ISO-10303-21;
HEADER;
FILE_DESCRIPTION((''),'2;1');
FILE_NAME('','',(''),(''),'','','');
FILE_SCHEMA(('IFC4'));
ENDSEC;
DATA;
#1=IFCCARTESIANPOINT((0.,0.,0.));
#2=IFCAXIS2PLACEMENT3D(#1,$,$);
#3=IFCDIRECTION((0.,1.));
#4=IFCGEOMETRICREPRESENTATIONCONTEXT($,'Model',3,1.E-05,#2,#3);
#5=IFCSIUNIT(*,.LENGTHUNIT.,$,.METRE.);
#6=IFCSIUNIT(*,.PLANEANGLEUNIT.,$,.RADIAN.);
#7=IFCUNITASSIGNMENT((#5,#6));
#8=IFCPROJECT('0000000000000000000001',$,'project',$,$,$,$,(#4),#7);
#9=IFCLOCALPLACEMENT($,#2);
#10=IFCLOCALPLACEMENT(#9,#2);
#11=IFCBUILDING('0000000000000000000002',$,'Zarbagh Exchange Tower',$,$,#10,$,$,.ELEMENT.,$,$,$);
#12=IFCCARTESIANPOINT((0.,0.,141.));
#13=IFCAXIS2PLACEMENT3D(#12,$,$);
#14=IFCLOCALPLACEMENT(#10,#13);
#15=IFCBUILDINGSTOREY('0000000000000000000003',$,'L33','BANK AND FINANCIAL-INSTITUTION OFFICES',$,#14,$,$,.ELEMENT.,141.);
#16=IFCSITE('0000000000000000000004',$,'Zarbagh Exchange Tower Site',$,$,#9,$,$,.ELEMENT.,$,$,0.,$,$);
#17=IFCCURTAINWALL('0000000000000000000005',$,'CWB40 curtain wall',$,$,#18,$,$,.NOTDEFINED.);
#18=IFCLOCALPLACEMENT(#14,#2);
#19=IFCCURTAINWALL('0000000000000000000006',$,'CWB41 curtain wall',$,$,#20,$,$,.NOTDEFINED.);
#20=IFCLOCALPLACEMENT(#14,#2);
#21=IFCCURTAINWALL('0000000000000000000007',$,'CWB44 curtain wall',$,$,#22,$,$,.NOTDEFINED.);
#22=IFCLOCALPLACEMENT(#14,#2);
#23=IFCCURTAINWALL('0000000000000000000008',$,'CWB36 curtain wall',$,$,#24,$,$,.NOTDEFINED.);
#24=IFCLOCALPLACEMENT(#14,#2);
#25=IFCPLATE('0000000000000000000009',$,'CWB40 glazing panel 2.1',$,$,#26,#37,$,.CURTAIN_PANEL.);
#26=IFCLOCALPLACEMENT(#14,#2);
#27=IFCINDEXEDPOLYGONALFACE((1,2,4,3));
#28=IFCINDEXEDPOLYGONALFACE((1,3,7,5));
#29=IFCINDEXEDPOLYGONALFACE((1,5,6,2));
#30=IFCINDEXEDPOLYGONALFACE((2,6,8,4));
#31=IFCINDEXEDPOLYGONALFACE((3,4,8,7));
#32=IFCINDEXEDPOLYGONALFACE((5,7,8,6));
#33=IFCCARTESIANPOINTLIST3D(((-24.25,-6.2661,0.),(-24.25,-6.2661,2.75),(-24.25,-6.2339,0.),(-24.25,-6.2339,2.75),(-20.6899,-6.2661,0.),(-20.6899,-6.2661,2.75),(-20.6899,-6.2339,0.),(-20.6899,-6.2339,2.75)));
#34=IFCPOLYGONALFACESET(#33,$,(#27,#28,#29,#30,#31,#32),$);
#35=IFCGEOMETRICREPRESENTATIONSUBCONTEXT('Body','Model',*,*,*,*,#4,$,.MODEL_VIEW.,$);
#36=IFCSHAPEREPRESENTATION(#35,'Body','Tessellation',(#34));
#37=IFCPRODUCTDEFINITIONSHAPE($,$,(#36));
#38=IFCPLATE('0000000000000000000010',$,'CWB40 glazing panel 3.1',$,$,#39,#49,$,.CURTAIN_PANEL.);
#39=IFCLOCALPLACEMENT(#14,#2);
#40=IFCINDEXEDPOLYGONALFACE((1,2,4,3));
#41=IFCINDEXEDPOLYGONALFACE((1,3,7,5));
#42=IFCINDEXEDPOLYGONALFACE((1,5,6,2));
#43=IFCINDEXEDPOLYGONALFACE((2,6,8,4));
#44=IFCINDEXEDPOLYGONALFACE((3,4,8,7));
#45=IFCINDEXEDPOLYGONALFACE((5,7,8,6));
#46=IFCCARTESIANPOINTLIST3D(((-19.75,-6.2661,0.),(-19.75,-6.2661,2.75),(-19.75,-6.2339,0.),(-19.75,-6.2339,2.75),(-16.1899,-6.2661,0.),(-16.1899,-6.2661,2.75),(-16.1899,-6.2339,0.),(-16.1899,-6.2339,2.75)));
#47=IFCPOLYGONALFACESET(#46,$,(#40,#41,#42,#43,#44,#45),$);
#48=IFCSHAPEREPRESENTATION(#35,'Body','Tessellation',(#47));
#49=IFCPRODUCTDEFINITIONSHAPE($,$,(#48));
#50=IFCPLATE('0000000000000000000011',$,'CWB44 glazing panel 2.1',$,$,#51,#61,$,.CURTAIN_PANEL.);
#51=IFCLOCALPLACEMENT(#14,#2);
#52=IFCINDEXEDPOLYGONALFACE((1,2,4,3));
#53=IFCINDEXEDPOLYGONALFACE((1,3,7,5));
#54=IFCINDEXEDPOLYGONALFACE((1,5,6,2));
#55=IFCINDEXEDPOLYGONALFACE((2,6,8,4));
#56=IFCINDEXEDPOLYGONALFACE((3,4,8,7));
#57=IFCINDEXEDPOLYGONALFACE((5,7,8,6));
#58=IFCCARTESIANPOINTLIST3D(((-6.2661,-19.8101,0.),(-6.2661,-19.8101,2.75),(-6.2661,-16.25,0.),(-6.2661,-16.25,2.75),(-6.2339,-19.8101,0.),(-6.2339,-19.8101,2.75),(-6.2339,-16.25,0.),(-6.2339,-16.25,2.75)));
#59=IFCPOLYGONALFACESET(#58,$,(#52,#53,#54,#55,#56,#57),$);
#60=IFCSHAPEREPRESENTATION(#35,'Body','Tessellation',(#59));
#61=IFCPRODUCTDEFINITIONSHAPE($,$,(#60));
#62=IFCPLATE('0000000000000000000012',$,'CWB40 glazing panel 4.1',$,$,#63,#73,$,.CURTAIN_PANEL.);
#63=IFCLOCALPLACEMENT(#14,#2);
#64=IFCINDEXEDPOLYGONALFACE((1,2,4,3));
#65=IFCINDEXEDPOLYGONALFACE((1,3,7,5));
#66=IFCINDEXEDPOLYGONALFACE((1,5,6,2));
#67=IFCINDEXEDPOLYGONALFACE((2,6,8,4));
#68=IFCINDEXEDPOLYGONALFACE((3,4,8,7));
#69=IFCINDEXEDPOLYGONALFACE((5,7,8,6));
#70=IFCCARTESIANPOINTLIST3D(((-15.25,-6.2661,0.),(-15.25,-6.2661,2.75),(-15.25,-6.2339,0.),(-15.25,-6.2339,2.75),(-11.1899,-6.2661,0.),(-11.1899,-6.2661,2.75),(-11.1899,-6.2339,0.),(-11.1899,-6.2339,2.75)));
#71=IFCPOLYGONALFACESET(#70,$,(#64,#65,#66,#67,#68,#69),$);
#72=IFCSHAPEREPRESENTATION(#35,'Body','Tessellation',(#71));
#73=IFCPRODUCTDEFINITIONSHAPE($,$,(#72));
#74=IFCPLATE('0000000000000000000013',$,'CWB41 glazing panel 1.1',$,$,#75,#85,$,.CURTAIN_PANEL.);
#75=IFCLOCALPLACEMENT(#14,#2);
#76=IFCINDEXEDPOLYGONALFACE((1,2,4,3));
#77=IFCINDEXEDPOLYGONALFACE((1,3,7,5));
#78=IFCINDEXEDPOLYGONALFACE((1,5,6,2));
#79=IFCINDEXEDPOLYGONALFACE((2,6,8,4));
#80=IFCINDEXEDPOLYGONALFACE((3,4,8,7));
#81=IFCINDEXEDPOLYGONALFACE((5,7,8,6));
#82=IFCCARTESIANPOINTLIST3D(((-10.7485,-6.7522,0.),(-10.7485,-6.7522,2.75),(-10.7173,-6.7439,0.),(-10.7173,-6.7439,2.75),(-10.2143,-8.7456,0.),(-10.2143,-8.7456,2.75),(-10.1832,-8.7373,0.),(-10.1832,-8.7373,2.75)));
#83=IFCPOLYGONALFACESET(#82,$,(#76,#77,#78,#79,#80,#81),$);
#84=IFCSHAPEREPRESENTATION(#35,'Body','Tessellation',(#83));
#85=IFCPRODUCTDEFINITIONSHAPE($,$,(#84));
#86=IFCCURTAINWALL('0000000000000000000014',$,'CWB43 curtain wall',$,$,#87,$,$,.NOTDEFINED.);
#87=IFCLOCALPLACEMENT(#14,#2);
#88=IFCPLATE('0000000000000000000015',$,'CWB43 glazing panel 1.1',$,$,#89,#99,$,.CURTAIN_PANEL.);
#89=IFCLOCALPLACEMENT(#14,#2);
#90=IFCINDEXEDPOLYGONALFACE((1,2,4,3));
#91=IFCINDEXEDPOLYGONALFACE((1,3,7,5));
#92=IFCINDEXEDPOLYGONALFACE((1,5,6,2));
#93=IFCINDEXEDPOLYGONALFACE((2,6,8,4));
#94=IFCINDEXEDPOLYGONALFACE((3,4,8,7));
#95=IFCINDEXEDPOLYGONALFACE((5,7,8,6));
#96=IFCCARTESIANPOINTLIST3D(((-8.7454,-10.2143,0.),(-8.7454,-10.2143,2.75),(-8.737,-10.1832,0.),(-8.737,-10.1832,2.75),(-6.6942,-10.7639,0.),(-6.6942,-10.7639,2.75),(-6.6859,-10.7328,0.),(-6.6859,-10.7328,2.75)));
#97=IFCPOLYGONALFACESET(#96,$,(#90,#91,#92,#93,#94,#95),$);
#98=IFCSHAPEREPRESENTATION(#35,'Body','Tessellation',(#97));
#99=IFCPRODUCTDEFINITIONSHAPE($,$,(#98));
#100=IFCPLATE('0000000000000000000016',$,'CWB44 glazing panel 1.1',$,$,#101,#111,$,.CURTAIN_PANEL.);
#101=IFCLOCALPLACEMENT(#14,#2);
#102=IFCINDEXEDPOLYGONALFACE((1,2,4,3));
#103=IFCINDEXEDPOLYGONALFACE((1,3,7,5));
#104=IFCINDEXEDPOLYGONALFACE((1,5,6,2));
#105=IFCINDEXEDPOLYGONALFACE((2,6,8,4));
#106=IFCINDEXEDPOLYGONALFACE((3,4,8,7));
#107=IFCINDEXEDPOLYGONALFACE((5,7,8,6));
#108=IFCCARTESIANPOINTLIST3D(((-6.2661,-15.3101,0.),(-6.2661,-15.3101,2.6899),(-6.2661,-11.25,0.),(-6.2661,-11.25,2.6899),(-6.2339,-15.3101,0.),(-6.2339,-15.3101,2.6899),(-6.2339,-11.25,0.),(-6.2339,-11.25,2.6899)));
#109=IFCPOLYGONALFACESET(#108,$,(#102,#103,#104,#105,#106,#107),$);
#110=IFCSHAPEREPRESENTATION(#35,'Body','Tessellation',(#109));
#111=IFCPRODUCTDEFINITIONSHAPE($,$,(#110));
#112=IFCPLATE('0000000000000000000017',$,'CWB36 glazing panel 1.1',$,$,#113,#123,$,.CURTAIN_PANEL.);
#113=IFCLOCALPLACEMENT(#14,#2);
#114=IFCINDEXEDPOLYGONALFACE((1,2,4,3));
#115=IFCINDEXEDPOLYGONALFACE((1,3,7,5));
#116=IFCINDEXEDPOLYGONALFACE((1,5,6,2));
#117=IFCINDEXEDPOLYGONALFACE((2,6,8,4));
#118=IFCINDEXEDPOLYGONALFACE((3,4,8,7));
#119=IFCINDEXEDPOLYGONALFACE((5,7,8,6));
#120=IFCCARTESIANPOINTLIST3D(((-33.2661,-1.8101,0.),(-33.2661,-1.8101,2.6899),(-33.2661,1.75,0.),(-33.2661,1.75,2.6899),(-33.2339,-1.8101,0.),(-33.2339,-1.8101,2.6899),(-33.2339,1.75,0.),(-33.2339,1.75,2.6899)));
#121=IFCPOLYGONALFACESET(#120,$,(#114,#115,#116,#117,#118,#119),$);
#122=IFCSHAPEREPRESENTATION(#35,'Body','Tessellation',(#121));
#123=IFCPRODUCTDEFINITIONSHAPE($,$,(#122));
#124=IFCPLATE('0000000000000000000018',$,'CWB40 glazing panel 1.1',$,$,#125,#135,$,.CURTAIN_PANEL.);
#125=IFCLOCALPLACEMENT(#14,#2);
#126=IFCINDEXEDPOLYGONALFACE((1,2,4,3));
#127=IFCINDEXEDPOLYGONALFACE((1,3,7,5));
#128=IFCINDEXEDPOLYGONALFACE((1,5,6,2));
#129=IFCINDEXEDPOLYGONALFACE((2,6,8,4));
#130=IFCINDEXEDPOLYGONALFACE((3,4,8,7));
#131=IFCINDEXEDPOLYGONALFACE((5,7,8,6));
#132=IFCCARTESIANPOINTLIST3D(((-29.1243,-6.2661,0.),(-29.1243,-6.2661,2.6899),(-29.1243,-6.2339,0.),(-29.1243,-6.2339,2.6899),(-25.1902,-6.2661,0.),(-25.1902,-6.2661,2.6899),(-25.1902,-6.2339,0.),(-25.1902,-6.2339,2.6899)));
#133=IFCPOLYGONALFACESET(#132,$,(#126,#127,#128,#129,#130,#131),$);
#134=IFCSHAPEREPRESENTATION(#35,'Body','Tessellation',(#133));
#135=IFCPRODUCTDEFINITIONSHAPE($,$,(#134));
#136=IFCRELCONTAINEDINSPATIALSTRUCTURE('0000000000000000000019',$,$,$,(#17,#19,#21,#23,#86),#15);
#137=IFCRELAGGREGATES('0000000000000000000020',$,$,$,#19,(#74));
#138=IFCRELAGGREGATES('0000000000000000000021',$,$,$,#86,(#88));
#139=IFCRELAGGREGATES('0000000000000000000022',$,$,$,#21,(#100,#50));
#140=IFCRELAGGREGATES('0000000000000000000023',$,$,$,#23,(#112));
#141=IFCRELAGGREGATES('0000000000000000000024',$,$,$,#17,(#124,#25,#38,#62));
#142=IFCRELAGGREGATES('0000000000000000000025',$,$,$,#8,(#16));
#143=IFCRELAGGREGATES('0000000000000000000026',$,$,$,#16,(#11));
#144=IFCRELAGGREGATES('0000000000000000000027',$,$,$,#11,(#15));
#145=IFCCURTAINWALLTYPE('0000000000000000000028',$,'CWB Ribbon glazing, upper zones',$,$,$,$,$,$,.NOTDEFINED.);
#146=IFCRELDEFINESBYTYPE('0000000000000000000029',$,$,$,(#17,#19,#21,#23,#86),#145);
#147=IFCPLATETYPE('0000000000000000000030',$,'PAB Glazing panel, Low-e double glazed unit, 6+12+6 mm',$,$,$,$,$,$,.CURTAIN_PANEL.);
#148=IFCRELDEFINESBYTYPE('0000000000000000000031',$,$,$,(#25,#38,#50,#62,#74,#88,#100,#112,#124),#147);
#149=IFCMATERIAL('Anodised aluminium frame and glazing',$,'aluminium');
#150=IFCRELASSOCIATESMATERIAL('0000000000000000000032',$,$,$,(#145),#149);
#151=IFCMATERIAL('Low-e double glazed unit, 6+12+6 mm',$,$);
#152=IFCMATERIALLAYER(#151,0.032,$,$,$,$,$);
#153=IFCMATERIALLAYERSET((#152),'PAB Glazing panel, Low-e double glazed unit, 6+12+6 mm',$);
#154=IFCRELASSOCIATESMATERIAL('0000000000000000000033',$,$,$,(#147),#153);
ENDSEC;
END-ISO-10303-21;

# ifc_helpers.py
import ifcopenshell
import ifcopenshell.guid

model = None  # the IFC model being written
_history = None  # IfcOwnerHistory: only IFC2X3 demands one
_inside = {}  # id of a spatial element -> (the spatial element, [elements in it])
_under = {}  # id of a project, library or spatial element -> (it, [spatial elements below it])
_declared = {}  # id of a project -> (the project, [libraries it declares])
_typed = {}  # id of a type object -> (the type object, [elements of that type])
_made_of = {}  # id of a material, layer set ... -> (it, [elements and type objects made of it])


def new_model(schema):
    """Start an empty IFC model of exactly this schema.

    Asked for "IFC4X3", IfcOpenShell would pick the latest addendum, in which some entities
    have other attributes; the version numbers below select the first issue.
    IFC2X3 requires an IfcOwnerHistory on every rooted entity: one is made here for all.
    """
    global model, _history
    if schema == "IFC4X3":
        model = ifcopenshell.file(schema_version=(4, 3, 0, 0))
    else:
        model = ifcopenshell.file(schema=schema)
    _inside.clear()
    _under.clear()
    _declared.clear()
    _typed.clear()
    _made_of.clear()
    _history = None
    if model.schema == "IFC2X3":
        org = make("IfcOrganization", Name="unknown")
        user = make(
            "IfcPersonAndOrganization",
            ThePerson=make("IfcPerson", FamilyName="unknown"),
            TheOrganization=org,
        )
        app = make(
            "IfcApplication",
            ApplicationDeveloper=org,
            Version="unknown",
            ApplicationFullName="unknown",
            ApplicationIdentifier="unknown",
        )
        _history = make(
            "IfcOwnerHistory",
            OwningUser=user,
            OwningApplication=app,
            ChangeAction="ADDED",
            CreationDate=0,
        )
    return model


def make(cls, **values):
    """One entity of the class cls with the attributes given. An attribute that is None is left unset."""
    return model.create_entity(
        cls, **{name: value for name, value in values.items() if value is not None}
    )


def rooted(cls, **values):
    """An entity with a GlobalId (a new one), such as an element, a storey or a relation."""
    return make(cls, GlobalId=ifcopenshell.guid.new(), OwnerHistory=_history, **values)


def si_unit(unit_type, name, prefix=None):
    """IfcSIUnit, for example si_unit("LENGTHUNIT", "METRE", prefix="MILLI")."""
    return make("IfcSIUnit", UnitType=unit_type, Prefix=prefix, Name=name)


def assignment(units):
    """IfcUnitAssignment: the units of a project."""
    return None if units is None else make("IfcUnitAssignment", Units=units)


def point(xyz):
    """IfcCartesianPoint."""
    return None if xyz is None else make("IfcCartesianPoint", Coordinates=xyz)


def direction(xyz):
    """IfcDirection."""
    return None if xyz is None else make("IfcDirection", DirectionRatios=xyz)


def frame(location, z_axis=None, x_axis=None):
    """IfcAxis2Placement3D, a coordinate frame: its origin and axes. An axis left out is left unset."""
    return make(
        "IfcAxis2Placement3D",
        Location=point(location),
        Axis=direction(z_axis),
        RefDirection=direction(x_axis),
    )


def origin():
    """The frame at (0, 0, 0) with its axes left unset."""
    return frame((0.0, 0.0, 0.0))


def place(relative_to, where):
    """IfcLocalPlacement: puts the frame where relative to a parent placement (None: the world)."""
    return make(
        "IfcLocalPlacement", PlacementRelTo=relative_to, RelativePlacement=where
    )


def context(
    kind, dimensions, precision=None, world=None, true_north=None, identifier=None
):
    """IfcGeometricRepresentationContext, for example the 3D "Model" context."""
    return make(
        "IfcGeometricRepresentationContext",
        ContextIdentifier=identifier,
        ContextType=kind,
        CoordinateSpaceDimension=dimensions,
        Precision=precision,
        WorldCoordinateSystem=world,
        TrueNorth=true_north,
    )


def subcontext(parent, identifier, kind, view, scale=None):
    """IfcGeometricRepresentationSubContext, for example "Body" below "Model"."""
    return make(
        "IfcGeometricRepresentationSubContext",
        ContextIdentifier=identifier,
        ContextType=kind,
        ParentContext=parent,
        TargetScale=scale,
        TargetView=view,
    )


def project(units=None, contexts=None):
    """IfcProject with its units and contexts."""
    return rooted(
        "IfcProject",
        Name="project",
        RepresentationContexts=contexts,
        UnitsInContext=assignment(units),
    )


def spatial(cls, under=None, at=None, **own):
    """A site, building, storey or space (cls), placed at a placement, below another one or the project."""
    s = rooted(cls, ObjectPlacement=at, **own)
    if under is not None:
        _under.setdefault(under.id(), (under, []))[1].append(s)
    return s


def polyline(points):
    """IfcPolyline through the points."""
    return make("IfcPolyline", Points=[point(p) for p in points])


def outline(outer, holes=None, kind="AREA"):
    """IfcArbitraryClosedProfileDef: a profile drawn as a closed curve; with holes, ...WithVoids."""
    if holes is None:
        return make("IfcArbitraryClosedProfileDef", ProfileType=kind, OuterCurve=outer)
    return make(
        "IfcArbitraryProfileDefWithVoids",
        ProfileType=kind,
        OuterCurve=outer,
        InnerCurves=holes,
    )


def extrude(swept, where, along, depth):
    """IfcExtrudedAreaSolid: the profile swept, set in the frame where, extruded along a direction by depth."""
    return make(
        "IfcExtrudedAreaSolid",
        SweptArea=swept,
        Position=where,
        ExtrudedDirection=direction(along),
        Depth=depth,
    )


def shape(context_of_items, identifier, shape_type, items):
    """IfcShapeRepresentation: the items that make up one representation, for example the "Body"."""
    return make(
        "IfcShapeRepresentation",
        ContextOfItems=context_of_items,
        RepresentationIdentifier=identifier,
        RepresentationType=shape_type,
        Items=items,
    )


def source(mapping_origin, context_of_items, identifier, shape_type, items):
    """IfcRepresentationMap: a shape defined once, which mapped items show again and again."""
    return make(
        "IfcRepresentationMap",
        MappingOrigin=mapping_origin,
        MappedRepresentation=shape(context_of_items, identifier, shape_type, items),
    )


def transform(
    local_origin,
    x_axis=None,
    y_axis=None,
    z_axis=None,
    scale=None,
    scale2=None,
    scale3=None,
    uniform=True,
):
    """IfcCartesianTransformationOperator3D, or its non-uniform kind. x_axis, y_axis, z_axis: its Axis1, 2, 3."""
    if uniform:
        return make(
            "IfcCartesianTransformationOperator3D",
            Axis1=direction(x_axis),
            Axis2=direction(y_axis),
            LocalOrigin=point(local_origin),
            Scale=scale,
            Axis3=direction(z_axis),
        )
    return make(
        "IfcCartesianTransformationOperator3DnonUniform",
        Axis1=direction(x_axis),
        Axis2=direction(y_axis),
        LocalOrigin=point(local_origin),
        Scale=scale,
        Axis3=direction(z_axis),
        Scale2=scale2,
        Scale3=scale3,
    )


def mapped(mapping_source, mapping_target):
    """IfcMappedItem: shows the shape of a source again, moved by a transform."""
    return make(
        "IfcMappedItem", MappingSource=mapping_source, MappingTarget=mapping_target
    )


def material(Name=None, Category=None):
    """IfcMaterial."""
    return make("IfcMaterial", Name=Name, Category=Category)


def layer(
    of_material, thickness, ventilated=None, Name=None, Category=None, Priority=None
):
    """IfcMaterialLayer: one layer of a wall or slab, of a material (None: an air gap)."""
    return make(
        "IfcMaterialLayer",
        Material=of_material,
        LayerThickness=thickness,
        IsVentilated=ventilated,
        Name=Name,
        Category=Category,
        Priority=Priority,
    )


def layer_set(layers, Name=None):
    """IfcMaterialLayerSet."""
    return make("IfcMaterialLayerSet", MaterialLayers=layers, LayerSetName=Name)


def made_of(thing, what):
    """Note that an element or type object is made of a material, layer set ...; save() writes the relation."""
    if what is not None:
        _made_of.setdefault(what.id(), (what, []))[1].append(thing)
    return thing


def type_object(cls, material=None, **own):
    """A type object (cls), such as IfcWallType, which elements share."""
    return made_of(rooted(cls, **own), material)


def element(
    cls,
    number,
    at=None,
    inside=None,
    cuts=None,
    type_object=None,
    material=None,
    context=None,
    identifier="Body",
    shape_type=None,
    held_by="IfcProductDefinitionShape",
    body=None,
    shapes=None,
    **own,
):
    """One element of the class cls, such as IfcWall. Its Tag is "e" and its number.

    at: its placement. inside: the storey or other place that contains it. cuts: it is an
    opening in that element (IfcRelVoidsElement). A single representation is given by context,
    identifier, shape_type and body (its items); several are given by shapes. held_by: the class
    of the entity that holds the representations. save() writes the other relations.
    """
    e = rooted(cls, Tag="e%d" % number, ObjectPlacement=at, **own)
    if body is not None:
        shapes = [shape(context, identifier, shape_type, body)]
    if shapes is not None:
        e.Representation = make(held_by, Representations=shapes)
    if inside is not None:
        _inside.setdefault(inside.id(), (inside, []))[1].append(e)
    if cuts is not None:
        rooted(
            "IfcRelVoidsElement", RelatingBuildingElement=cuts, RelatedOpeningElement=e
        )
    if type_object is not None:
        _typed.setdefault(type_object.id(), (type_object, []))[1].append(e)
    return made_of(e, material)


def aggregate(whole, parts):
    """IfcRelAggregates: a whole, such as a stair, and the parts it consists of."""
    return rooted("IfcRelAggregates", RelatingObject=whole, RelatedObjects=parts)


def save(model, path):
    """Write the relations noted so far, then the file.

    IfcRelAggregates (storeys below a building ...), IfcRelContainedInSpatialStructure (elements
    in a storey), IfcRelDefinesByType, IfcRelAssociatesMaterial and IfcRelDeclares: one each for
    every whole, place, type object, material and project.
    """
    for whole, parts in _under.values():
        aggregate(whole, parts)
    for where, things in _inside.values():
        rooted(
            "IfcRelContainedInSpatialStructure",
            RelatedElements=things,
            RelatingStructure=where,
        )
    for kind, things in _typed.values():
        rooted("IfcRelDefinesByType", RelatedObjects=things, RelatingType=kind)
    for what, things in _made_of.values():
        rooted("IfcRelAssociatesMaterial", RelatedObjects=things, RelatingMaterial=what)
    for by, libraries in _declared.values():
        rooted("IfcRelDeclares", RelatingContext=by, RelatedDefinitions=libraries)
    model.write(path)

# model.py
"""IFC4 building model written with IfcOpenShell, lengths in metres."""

from ifc_helpers import new_model, si_unit, direction, frame, origin, place, context, subcontext, project, spatial, polyline, outline, extrude, source, transform, mapped, material, layer, layer_set, type_object, element, aggregate, save


model = new_model("IFC4")

# Units and contexts
model_context = context("Model", 3, precision=1e-05, world=origin(), true_north=direction((0.0, 1.0)))
body_context = subcontext(model_context, "Body", "Model", "MODEL_VIEW")
ifc_project = project(units=[si_unit("LENGTHUNIT", "METRE"), si_unit("PLANEANGLEUNIT", "RADIAN")], contexts=[model_context])

# Site, building, storey
site_placement = place(None, origin())
site = spatial("IfcSite", under=ifc_project, at=site_placement, Name="Zarbagh Exchange Tower Site", CompositionType="ELEMENT", RefElevation=0.0)
building_placement = place(site_placement, origin())
building = spatial("IfcBuilding", under=site, at=building_placement, Name="Zarbagh Exchange Tower", CompositionType="ELEMENT")
storey_placement = place(building_placement, frame((0.0, 0.0, 141.0)))
storey = spatial("IfcBuildingStorey", under=building, at=storey_placement, Name="L33", Description="BANK AND FINANCIAL-INSTITUTION OFFICES", CompositionType="ELEMENT", Elevation=141.0)

# Shared definitions
ifc_material_1 = material(Name="Anodised aluminium frame and glazing", Category="aluminium")
curtain_wall_type = type_object("IfcCurtainWallType", Name="CWB Ribbon glazing, upper zones", PredefinedType="NOTDEFINED", material=ifc_material_1)
placement = place(storey_placement, origin())

# Curtain wall
curtain_wall_1_placement = place(storey_placement, origin())
curtain_wall_1 = element("IfcCurtainWall", 1, at=curtain_wall_1_placement, inside=storey, type_object=curtain_wall_type, Name="CWB40 curtain wall", PredefinedType="NOTDEFINED")

# Curtain wall
curtain_wall_2_placement = place(storey_placement, origin())
curtain_wall_2 = element("IfcCurtainWall", 2, at=curtain_wall_2_placement, inside=storey, type_object=curtain_wall_type, Name="CWB41 curtain wall", PredefinedType="NOTDEFINED")

# Curtain wall
curtain_wall_3_placement = place(storey_placement, origin())
curtain_wall_3 = element("IfcCurtainWall", 3, at=curtain_wall_3_placement, inside=storey, type_object=curtain_wall_type, Name="CWB44 curtain wall", PredefinedType="NOTDEFINED")

# Curtain wall
curtain_wall_4_placement = place(storey_placement, origin())
curtain_wall_4 = element("IfcCurtainWall", 4, at=curtain_wall_4_placement, inside=storey, type_object=curtain_wall_type, Name="CWB36 curtain wall", PredefinedType="NOTDEFINED")

# Shared definitions
ifc_material_2 = material(Name="Low-e double glazed unit, 6+12+6 mm")
ifc_layer = layer(ifc_material_2, 0.032)
ifc_layer_set = layer_set([ifc_layer], Name="PAB Glazing panel, Low-e double glazed unit, 6+12+6 mm")
plate_type = type_object("IfcPlateType", Name="PAB Glazing panel, Low-e double glazed unit, 6+12+6 mm", PredefinedType="CURTAIN_PANEL", material=ifc_layer_set)

# Plates
shared_shape_1 = source(origin(), body_context, "Body", "SweptSolid", [
    extrude(outline(polyline([(0.0, -0.0161), (3.5601, -0.0161), (3.5601, 0.0161), (0.0, 0.0161), (0.0, -0.0161)])), origin(), (0.0, 0.0, 1.0), 2.75),
])
plate_1 = element("IfcPlate", 5, at=placement, type_object=plate_type, Name="CWB40 glazing panel 2.1", PredefinedType="CURTAIN_PANEL", context=body_context, shape_type="MappedRepresentation", body=[
    mapped(shared_shape_1, transform((-24.25, -6.25, 0.0), x_axis=(1.0, 0.0, 0.0), y_axis=(0.0, 1.0, 0.0), z_axis=(0.0, 0.0, 1.0))),
])
plate_2 = element("IfcPlate", 6, at=placement, type_object=plate_type, Name="CWB40 glazing panel 3.1", PredefinedType="CURTAIN_PANEL", context=body_context, shape_type="MappedRepresentation", body=[
    mapped(shared_shape_1, transform((-19.75, -6.25, 0.0), x_axis=(1.0, 0.0, 0.0), y_axis=(0.0, 1.0, 0.0), z_axis=(0.0, 0.0, 1.0))),
])
plate_3 = element("IfcPlate", 7, at=placement, type_object=plate_type, Name="CWB44 glazing panel 2.1", PredefinedType="CURTAIN_PANEL", context=body_context, shape_type="MappedRepresentation", body=[
    mapped(shared_shape_1, transform((-6.25, -16.25, 0.0), x_axis=(0.0, -1.0, 0.0), y_axis=(1.0, 0.0, 0.0), z_axis=(0.0, 0.0, 1.0))),
])
shared_shape_2 = source(origin(), body_context, "Body", "SweptSolid", [
    extrude(outline(polyline([(0.0, -0.0161), (4.0601, -0.0161), (4.0601, 0.0161), (0.0, 0.0161), (0.0, -0.0161)])), origin(), (0.0, 0.0, 1.0), 2.75),
])
plate_4 = element("IfcPlate", 8, at=placement, type_object=plate_type, Name="CWB40 glazing panel 4.1", PredefinedType="CURTAIN_PANEL", context=body_context, shape_type="MappedRepresentation", body=[
    mapped(shared_shape_2, transform((-15.25, -6.25, 0.0), x_axis=(1.0, 0.0, 0.0), y_axis=(0.0, 1.0, 0.0), z_axis=(0.0, 0.0, 1.0))),
])
shared_shape_3 = source(origin(), body_context, "Body", "SweptSolid", [
    extrude(outline(polyline([(0.0, -0.0161), (2.0637, -0.0161), (2.0637, 0.0161), (0.0, 0.0161), (0.0, -0.0161)])), origin(), (0.0, 0.0, 1.0), 2.75),
])
plate_5 = element("IfcPlate", 9, at=placement, type_object=plate_type, Name="CWB41 glazing panel 1.1", PredefinedType="CURTAIN_PANEL", context=body_context, shape_type="MappedRepresentation", body=[
    mapped(shared_shape_3, transform((-10.7329, -6.748, 0.0), x_axis=(0.258825, -0.965924, 0.0), y_axis=(0.965924, 0.258825, 0.0), z_axis=(0.0, 0.0, 1.0))),
])
aggregate(curtain_wall_2, [plate_5])

# Curtain wall, plate
curtain_wall_5_placement = place(storey_placement, origin())
curtain_wall_5 = element("IfcCurtainWall", 10, at=curtain_wall_5_placement, inside=storey, type_object=curtain_wall_type, Name="CWB43 curtain wall", PredefinedType="NOTDEFINED")
shared_shape_4 = source(origin(), body_context, "Body", "SweptSolid", [
    extrude(outline(polyline([(0.0, -0.0161), (2.1235, -0.0161), (2.1235, 0.0161), (0.0, 0.0161), (0.0, -0.0161)])), origin(), (0.0, 0.0, 1.0), 2.75),
])
plate_6 = element("IfcPlate", 11, at=placement, type_object=plate_type, Name="CWB43 glazing panel 1.1", PredefinedType="CURTAIN_PANEL", context=body_context, shape_type="MappedRepresentation", body=[
    mapped(shared_shape_4, transform((-8.7412, -10.1987, 0.0), x_axis=(0.965924, -0.258825, 0.0), y_axis=(0.258825, 0.965924, 0.0), z_axis=(0.0, 0.0, 1.0))),
])
aggregate(curtain_wall_5, [plate_6])

# Plates
shared_shape_5 = source(origin(), body_context, "Body", "SweptSolid", [
    extrude(outline(polyline([(0.0, -0.0161), (4.0601, -0.0161), (4.0601, 0.0161), (0.0, 0.0161), (0.0, -0.0161)])), origin(), (0.0, 0.0, 1.0), 2.6899),
])
plate_7 = element("IfcPlate", 12, at=placement, type_object=plate_type, Name="CWB44 glazing panel 1.1", PredefinedType="CURTAIN_PANEL", context=body_context, shape_type="MappedRepresentation", body=[
    mapped(shared_shape_5, transform((-6.25, -11.25, 0.0), x_axis=(0.0, -1.0, 0.0), y_axis=(1.0, 0.0, 0.0), z_axis=(0.0, 0.0, 1.0))),
])
aggregate(curtain_wall_3, [plate_7, plate_3])
shared_shape_6 = source(origin(), body_context, "Body", "SweptSolid", [
    extrude(outline(polyline([(0.0, -0.0161), (3.5601, -0.0161), (3.5601, 0.0161), (0.0, 0.0161), (0.0, -0.0161)])), origin(), (0.0, 0.0, 1.0), 2.6899),
])
plate_8 = element("IfcPlate", 13, at=placement, type_object=plate_type, Name="CWB36 glazing panel 1.1", PredefinedType="CURTAIN_PANEL", context=body_context, shape_type="MappedRepresentation", body=[
    mapped(shared_shape_6, transform((-33.25, 1.75, 0.0), x_axis=(0.0, -1.0, 0.0), y_axis=(1.0, 0.0, 0.0), z_axis=(0.0, 0.0, 1.0))),
])
aggregate(curtain_wall_4, [plate_8])
shared_shape_7 = source(origin(), body_context, "Body", "SweptSolid", [
    extrude(outline(polyline([(0.0, -0.0161), (3.9341, -0.0161), (3.9341, 0.0161), (0.0, 0.0161), (0.0, -0.0161)])), origin(), (0.0, 0.0, 1.0), 2.6899),
])
plate_9 = element("IfcPlate", 14, at=placement, type_object=plate_type, Name="CWB40 glazing panel 1.1", PredefinedType="CURTAIN_PANEL", context=body_context, shape_type="MappedRepresentation", body=[
    mapped(shared_shape_7, transform((-29.1243, -6.25, 0.0), x_axis=(1.0, 0.0, 0.0), y_axis=(0.0, 1.0, 0.0), z_axis=(0.0, 0.0, 1.0))),
])
aggregate(curtain_wall_1, [plate_9, plate_1, plate_2, plate_4])

save(model, "model.ifc")
